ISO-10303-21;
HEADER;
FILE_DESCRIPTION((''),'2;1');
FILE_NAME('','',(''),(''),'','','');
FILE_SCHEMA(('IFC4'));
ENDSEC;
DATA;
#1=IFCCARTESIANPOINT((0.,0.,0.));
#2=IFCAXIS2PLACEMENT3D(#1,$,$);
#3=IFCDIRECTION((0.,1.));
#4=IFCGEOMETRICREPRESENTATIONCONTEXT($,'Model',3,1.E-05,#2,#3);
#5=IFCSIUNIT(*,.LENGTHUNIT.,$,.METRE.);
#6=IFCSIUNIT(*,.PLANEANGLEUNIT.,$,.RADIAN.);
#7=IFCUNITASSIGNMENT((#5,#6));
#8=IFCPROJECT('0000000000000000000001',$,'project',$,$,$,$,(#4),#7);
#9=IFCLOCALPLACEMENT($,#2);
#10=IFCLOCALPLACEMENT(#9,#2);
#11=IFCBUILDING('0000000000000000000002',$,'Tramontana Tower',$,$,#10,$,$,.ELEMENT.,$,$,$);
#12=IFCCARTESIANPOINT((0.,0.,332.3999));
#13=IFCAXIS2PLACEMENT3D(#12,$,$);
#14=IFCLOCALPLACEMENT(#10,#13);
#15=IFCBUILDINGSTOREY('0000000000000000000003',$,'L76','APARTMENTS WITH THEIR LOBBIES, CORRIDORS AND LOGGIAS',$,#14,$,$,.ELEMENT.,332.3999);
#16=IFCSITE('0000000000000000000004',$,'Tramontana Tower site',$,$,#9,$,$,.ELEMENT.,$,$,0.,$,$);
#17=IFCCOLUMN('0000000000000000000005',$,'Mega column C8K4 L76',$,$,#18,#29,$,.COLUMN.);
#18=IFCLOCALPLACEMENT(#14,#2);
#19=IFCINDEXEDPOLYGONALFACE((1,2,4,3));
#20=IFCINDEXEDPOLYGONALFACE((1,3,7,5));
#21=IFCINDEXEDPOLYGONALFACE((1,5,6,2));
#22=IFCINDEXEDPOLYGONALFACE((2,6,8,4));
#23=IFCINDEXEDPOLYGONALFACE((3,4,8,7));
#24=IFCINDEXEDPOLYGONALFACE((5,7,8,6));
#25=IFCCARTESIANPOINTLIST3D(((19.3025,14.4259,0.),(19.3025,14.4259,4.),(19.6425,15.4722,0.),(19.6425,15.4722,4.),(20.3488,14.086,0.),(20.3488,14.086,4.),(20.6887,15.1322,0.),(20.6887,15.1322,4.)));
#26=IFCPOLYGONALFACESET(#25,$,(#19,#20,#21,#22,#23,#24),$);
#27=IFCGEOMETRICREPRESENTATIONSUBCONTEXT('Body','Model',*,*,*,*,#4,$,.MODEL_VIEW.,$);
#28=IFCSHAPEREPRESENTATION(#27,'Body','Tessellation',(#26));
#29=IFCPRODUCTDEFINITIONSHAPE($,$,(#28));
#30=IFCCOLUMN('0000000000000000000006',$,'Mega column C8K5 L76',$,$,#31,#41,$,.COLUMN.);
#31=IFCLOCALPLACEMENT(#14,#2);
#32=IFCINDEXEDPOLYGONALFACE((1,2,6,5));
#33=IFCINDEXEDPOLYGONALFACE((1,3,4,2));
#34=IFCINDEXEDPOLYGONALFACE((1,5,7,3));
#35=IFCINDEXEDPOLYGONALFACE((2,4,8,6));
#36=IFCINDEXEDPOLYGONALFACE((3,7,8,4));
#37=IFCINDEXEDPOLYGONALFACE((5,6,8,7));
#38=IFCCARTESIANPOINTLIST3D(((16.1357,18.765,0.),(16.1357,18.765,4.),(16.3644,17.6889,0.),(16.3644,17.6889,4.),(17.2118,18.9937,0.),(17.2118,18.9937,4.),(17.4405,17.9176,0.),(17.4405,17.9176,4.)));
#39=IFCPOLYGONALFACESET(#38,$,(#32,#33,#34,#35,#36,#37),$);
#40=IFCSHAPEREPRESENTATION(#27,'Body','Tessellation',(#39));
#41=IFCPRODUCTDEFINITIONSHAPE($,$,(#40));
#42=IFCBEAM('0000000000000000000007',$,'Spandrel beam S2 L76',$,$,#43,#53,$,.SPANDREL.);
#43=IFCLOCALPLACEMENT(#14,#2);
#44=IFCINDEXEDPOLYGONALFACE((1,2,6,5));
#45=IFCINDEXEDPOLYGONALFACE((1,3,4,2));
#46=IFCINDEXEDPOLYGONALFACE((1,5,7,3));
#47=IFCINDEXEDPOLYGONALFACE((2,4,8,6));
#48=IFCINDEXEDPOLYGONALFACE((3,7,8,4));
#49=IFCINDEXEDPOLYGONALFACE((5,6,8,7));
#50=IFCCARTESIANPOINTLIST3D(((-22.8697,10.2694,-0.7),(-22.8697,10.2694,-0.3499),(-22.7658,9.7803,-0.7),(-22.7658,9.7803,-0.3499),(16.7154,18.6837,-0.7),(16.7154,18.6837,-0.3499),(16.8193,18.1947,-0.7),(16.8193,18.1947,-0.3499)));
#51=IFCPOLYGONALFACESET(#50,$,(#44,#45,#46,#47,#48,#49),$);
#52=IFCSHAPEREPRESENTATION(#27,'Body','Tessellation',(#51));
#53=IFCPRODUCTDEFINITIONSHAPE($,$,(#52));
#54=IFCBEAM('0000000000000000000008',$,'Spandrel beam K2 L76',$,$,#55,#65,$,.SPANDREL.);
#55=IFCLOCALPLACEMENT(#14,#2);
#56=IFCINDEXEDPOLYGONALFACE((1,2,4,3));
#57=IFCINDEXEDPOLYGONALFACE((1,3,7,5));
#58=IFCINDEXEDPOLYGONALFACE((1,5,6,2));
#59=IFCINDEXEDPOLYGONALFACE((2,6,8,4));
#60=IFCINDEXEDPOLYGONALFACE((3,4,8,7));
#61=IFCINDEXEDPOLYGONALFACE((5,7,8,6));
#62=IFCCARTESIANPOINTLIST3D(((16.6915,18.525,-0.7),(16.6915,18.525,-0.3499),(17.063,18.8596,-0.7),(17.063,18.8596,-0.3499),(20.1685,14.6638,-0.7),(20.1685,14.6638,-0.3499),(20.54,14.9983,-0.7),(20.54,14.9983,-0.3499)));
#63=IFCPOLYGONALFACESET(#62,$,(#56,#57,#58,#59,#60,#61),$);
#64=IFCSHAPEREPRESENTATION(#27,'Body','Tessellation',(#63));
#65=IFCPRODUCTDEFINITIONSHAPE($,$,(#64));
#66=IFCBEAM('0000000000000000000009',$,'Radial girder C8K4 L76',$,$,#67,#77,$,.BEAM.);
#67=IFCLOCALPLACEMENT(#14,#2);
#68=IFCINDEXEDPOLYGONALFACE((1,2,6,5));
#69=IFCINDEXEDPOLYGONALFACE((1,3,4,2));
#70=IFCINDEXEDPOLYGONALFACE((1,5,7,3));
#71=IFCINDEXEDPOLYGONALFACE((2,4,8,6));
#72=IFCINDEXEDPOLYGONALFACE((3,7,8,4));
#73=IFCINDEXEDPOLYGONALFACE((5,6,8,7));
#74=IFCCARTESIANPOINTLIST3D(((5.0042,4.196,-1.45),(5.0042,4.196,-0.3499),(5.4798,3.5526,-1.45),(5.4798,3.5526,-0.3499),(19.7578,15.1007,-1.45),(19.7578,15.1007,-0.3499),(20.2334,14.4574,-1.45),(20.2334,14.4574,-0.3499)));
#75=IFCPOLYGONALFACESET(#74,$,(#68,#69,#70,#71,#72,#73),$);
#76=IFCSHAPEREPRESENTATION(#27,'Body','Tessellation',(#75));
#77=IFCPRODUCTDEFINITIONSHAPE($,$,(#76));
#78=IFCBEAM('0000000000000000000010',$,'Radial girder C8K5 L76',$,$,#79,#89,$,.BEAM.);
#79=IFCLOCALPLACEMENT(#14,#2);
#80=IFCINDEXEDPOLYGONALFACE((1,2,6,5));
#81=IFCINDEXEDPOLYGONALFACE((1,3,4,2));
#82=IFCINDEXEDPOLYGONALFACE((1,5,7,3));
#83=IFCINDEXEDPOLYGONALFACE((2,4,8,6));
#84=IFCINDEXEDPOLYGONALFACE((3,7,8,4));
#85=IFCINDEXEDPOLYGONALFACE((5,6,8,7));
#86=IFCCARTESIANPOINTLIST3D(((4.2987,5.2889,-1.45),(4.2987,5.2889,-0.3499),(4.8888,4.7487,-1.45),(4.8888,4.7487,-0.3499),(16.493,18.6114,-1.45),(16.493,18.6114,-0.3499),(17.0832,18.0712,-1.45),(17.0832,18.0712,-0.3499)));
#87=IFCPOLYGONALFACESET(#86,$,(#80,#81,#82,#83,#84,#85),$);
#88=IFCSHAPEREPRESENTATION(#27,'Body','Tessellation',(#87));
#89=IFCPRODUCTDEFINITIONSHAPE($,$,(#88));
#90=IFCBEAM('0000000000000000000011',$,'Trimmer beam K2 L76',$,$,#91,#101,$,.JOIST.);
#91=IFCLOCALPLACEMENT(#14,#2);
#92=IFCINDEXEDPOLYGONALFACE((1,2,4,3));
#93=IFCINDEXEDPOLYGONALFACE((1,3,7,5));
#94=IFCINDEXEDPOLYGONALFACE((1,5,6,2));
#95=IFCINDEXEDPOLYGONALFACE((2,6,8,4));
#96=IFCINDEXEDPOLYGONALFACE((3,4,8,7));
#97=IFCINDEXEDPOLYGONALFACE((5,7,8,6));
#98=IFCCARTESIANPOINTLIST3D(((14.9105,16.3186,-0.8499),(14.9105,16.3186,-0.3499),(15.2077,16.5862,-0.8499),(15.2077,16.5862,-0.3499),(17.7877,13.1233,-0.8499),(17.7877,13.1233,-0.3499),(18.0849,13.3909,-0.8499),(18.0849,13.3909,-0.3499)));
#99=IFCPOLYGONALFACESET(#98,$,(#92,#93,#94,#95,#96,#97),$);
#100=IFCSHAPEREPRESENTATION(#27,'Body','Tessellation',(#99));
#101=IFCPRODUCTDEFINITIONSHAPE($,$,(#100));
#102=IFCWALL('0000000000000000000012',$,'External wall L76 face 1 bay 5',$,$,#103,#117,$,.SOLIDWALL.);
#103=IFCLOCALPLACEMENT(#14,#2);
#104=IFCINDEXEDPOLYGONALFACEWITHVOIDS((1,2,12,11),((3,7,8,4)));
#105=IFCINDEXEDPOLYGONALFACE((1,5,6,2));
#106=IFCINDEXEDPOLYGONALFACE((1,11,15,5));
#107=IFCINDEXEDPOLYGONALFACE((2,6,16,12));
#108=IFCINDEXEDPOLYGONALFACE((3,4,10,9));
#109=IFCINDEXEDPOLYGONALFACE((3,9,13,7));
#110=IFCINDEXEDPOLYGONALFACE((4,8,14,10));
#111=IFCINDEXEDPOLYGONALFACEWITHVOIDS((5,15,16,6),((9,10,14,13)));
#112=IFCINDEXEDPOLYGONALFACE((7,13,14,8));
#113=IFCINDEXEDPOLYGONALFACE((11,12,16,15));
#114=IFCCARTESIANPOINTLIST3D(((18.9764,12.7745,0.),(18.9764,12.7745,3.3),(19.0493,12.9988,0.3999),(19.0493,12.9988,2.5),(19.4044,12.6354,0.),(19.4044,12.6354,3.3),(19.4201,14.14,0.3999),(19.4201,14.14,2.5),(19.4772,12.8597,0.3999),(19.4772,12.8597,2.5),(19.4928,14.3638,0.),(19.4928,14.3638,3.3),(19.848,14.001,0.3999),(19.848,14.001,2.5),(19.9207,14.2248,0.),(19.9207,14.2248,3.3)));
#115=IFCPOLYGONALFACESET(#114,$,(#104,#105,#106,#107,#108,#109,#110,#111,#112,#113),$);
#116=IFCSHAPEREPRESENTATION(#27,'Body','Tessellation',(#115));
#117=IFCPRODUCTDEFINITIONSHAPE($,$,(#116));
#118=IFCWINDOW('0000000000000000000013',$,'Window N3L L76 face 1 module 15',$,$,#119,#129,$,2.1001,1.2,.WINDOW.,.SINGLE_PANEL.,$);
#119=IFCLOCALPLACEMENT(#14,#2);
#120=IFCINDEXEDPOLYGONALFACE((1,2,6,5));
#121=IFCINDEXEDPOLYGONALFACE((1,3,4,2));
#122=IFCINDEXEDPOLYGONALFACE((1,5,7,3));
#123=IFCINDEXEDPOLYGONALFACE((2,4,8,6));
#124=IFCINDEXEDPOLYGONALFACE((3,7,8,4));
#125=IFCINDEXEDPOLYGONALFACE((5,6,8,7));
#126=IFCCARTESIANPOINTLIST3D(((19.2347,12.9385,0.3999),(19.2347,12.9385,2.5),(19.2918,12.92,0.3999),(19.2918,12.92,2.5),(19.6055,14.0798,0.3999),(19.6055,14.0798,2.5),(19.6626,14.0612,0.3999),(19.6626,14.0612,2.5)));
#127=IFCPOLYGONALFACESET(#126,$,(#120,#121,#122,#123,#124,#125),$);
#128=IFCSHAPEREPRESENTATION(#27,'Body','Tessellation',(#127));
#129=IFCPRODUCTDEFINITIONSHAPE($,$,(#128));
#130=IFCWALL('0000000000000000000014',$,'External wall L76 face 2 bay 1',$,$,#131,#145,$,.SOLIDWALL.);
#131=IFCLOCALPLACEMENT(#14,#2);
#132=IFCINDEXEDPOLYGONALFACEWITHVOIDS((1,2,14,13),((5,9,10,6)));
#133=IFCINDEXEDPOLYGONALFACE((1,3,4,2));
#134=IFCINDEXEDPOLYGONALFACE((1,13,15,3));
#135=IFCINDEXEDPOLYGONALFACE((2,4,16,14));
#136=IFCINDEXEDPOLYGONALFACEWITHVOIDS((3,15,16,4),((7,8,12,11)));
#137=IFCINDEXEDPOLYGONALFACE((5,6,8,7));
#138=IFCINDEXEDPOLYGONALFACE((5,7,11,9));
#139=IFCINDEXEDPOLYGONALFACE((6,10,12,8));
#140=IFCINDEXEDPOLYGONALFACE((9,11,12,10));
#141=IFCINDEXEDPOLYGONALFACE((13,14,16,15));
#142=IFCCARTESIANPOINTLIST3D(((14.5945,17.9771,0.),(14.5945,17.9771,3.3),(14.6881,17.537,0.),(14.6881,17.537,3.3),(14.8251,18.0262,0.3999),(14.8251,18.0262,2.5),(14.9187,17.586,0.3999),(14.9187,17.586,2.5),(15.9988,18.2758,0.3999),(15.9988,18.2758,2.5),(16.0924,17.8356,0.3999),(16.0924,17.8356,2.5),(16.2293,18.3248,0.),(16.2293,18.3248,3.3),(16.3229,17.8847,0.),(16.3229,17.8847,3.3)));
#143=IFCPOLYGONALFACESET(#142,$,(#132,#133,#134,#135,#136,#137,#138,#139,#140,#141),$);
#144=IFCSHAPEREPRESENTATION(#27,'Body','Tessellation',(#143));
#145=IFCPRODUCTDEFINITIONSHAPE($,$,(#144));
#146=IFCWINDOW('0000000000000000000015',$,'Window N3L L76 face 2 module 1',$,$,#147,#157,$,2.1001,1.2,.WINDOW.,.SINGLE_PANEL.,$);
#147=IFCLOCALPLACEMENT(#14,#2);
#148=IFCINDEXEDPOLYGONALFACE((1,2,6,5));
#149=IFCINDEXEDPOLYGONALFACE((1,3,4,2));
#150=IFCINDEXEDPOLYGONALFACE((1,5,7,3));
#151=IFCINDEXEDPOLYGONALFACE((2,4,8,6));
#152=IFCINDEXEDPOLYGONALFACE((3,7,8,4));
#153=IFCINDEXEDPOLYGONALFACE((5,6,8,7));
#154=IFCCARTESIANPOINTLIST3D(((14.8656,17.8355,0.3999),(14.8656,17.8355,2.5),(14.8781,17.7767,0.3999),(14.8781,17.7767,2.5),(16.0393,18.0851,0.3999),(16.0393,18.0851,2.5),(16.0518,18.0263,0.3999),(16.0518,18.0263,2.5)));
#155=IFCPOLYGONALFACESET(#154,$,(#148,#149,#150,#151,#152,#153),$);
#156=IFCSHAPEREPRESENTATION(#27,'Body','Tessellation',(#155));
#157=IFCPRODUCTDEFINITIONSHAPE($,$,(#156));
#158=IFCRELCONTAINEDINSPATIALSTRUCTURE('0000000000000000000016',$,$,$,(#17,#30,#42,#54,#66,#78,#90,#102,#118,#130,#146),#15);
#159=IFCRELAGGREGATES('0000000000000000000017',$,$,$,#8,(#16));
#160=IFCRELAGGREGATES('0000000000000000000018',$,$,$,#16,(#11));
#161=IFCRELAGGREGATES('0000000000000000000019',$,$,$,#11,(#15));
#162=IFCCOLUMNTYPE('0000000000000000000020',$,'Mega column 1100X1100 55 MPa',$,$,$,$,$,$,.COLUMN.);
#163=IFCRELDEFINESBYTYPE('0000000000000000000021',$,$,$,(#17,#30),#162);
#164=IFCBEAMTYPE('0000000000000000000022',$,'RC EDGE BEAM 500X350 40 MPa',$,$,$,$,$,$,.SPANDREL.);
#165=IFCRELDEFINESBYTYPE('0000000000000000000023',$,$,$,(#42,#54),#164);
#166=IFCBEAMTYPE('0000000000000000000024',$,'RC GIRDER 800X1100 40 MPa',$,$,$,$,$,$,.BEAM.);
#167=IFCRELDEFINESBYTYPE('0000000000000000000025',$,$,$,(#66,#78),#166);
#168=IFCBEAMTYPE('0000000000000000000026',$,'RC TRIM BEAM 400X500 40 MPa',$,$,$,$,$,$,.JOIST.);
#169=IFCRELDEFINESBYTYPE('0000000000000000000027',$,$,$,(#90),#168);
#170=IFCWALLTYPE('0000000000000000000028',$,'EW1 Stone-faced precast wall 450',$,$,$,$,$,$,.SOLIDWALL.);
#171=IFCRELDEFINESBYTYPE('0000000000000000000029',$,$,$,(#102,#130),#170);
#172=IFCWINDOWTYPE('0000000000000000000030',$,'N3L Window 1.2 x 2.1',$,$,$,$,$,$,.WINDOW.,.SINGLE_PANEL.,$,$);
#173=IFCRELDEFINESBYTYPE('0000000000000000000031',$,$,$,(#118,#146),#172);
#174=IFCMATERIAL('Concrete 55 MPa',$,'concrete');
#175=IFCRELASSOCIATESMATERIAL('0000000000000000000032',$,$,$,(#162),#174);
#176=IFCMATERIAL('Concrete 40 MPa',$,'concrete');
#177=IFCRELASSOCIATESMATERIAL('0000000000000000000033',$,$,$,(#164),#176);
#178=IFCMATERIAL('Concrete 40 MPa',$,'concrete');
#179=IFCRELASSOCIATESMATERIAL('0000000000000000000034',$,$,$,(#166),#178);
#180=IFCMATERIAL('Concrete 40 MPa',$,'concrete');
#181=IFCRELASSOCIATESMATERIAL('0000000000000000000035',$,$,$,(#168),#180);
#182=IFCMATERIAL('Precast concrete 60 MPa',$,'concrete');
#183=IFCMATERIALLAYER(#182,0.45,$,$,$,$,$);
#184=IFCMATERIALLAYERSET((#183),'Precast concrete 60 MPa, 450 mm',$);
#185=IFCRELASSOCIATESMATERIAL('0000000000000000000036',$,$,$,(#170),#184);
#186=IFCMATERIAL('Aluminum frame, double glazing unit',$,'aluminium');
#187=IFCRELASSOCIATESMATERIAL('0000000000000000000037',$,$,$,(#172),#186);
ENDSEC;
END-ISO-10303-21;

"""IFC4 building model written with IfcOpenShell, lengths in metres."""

from ifc_helpers import new_model, si_unit, direction, frame, frame_2d, origin, origin_2d, place, context, subcontext, project, spatial, rectangle, extrude, material, layer, layer_set, material_profile, profile_set, type_object, element, fill, save


model = new_model("IFC4")

# Units and contexts
model_context = context("Model", 3, precision=1e-05, world=origin(), true_north=direction((0.0, 1.0)))
body_context = subcontext(model_context, "Body", "Model", "MODEL_VIEW")
ifc_project = project(units=[si_unit("LENGTHUNIT", "METRE"), si_unit("PLANEANGLEUNIT", "RADIAN")], contexts=[model_context])

# Site, building, storey
site_placement = place(None, origin())
site = spatial("IfcSite", under=ifc_project, at=site_placement, Name="Tramontana Tower site", CompositionType="ELEMENT", RefElevation=0.0)
building_placement = place(site_placement, origin())
building = spatial("IfcBuilding", under=site, at=building_placement, Name="Tramontana Tower", CompositionType="ELEMENT")
storey_placement = place(building_placement, frame((0.0, 0.0, 332.3999)))
storey = spatial("IfcBuildingStorey", under=building, at=storey_placement, Name="L76", Description="APARTMENTS WITH THEIR LOBBIES, CORRIDORS AND LOGGIAS", CompositionType="ELEMENT", Elevation=332.3999)

# Columns
ifc_material_1 = material(Name="Concrete 55 MPa", Category="concrete")
ifc_material_profile_1 = material_profile(ifc_material_1, rectangle(XDim=1.1001, YDim=1.1001, at=origin_2d()), Name="Mega column 1100X1100 55 MPa")
ifc_profile_set_1 = profile_set([ifc_material_profile_1], Name="Concrete 55 MPa")
column_type = type_object("IfcColumnType", Name="Mega column 1100X1100 55 MPa", PredefinedType="COLUMN", material=ifc_profile_set_1)
for number, where, z_axis, x_axis, name in (
    (1, (19.9956, 14.7791, 0.0), (0.0, 0.0, 1.0), (0.309017, 0.951057, 0.0), "Mega column C8K4 L76"),
    (2, (16.7881, 18.3413, 0.0), (0.0, 0.0, 1.0), (-0.978148, -0.207912, 0.0), "Mega column C8K5 L76"),
):
    element("IfcColumn", number, at=place(storey_placement, frame(where, z_axis=z_axis, x_axis=x_axis)), inside=storey, type_object=column_type, Name=name, PredefinedType="COLUMN", context=body_context, shape_type="SweptSolid", body=[
        extrude(rectangle(XDim=1.1001, YDim=1.1001, at=origin_2d()), origin(), (0.0, 0.0, 1.0), 4.0),
    ])

# Beams
ifc_material_2 = material(Name="Concrete 40 MPa", Category="concrete")
ifc_material_profile_2 = material_profile(ifc_material_2, rectangle(XDim=0.5, YDim=0.3501, at=origin_2d()), Name="RC EDGE BEAM 500X350 40 MPa")
ifc_profile_set_2 = profile_set([ifc_material_profile_2], Name="Concrete 40 MPa")
beam_type_1 = type_object("IfcBeamType", Name="RC EDGE BEAM 500X350 40 MPa", PredefinedType="SPANDREL", material=ifc_profile_set_2)
beam_1_placement = place(storey_placement, frame((16.7673, 18.4392, -0.5249), z_axis=(-0.978146, -0.207918, 0.0), x_axis=(0.207918, -0.978146, 0.0)))
element("IfcBeam", 3, at=beam_1_placement, inside=storey, type_object=beam_type_1, Name="Spandrel beam S2 L76", PredefinedType="SPANDREL", context=body_context, shape_type="SweptSolid", body=[
    extrude(rectangle(XDim=0.5, YDim=0.3501, at=origin_2d()), origin(), (0.0, 0.0, 1.0), 40.4695),
])
beam_2_placement = place(storey_placement, frame((20.3542, 14.8311, -0.5249), z_axis=(-0.669162, 0.743117, 0.0), x_axis=(-0.743117, -0.669162, 0.0)))
element("IfcBeam", 4, at=beam_2_placement, inside=storey, type_object=beam_type_1, Name="Spandrel beam K2 L76", PredefinedType="SPANDREL", context=body_context, shape_type="SweptSolid", body=[
    extrude(rectangle(XDim=0.5, YDim=0.3501, at=origin_2d()), origin(), (0.0, 0.0, 1.0), 5.196),
])
ifc_material_3 = material(Name="Concrete 40 MPa", Category="concrete")
ifc_material_profile_3 = material_profile(ifc_material_3, rectangle(XDim=0.8, YDim=1.1001, at=origin_2d()), Name="RC GIRDER 800X1100 40 MPa")
ifc_profile_set_3 = profile_set([ifc_material_profile_3], Name="Concrete 40 MPa")
beam_type_2 = type_object("IfcBeamType", Name="RC GIRDER 800X1100 40 MPa", PredefinedType="BEAM", material=ifc_profile_set_3)
beam_3_placement = place(storey_placement, frame((19.9956, 14.7791, -0.8999), z_axis=(-0.804179, -0.594388, 0.0), x_axis=(0.594388, -0.804179, 0.0)))
element("IfcBeam", 5, at=beam_3_placement, inside=storey, type_object=beam_type_2, Name="Radial girder C8K4 L76", PredefinedType="BEAM", context=body_context, shape_type="SweptSolid", body=[
    extrude(rectangle(XDim=0.8, YDim=1.1001, at=origin_2d()), origin(), (0.0, 0.0, 1.0), 18.3462),
])
beam_4_placement = place(storey_placement, frame((16.7881, 18.3413, -0.8999), z_axis=(-0.675184, -0.737649, 0.0), x_axis=(0.737649, -0.675184, 0.0)))
element("IfcBeam", 6, at=beam_4_placement, inside=storey, type_object=beam_type_2, Name="Radial girder C8K5 L76", PredefinedType="BEAM", context=body_context, shape_type="SweptSolid", body=[
    extrude(rectangle(XDim=0.8, YDim=1.1001, at=origin_2d()), origin(), (0.0, 0.0, 1.0), 18.0608),
])
ifc_material_4 = material(Name="Concrete 40 MPa", Category="concrete")
ifc_material_profile_4 = material_profile(ifc_material_4, rectangle(XDim=0.3999, YDim=0.5, at=origin_2d()), Name="RC TRIM BEAM 400X500 40 MPa")
ifc_profile_set_4 = profile_set([ifc_material_profile_4], Name="Concrete 40 MPa")
beam_type_3 = type_object("IfcBeamType", Name="RC TRIM BEAM 400X500 40 MPa", PredefinedType="JOIST", material=ifc_profile_set_4)
beam_5_placement = place(storey_placement, frame((17.9363, 13.2571, -0.5999), z_axis=(-0.669147, 0.74313, 0.0), x_axis=(-0.74313, -0.669147, 0.0)))
element("IfcBeam", 7, at=beam_5_placement, inside=storey, type_object=beam_type_3, Name="Trimmer beam K2 L76", PredefinedType="JOIST", context=body_context, shape_type="SweptSolid", body=[
    extrude(rectangle(XDim=0.3999, YDim=0.5, at=origin_2d()), origin(), (0.0, 0.0, 1.0), 4.2998),
])

# Walls, openings, windows
ifc_material_5 = material(Name="Precast concrete 60 MPa", Category="concrete")
ifc_layer_1 = layer(ifc_material_5, 0.45)
ifc_layer_set_1 = layer_set([ifc_layer_1], Name="Precast concrete 60 MPa, 450 mm")
wall_type_1 = type_object("IfcWallType", Name="EW1 Stone-faced precast wall 450", PredefinedType="SOLIDWALL", material=ifc_layer_set_1)
wall_1_placement = place(storey_placement, frame((19.1904, 12.7051, 0.0), z_axis=(0.0, 0.0, 1.0), x_axis=(0.308987, 0.951066, 0.0)))
wall_1 = element("IfcWall", 8, at=wall_1_placement, inside=storey, type_object=wall_type_1, Name="External wall L76 face 1 bay 5", PredefinedType="SOLIDWALL", context=body_context, shape_type="SweptSolid", body=[
    extrude(rectangle(XDim=1.6711, YDim=0.45, at=frame_2d((0.8354, 0.0))), origin(), (0.0, 0.0, 1.0), 3.3),
])
opening_1_placement = place(wall_1_placement, frame((0.2356, 0.0, 0.3999)))
opening_1 = element("IfcOpeningElement", 9, at=opening_1_placement, cuts=wall_1, PredefinedType="OPENING", context=body_context, shape_type="SweptSolid", body=[
    extrude(rectangle(XDim=1.2, YDim=2.1001, at=frame_2d((0.6001, 1.05))), frame((0.0, 0.2349, 0.0), z_axis=(0.0, -1.0, 0.0), x_axis=(1.0, 0.0, 0.0)), (0.0, 0.0, 1.0), 0.47),
])
ifc_material_6 = material(Name="Aluminum frame, double glazing unit", Category="aluminium")
window_type_1 = type_object("IfcWindowType", Name="N3L Window 1.2 x 2.1", PartitioningType="SINGLE_PANEL", PredefinedType="WINDOW", material=ifc_material_6)
window_1_placement = place(opening_1_placement, origin())
window_1 = element("IfcWindow", 10, at=window_1_placement, inside=storey, type_object=window_type_1, Name="Window N3L L76 face 1 module 15", OverallHeight=2.1001, OverallWidth=1.2, PartitioningType="SINGLE_PANEL", PredefinedType="WINDOW", context=body_context, shape_type="SweptSolid", body=[
    extrude(rectangle(XDim=1.2, YDim=2.1001, at=frame_2d((0.6001, 1.05))), frame((0.0, 0.03, 0.0), z_axis=(0.0, -1.0, 0.0), x_axis=(1.0, 0.0, 0.0)), (0.0, 0.0, 1.0), 0.0601),
])
fill(opening_1, window_1)
wall_2_placement = place(storey_placement, frame((16.2761, 18.1047, 0.0), z_axis=(0.0, 0.0, 1.0), x_axis=(-0.978126, -0.208012, 0.0)))
wall_2 = element("IfcWall", 11, at=wall_2_placement, inside=storey, type_object=wall_type_1, Name="External wall L76 face 2 bay 1", PredefinedType="SOLIDWALL", context=body_context, shape_type="SweptSolid", body=[
    extrude(rectangle(XDim=1.6714, YDim=0.45, at=frame_2d((0.8357, 0.0))), origin(), (0.0, 0.0, 1.0), 3.3),
])
opening_2_placement = place(wall_2_placement, frame((0.2356, 0.0, 0.3999)))
opening_2 = element("IfcOpeningElement", 12, at=opening_2_placement, cuts=wall_2, PredefinedType="OPENING", context=body_context, shape_type="SweptSolid", body=[
    extrude(rectangle(XDim=1.2, YDim=2.1001, at=frame_2d((0.6001, 1.05))), frame((0.0, 0.2349, 0.0), z_axis=(0.0, -1.0, 0.0), x_axis=(1.0, 0.0, 0.0)), (0.0, 0.0, 1.0), 0.47),
])
window_2_placement = place(opening_2_placement, origin())
window_2 = element("IfcWindow", 13, at=window_2_placement, inside=storey, type_object=window_type_1, Name="Window N3L L76 face 2 module 1", OverallHeight=2.1001, OverallWidth=1.2, PartitioningType="SINGLE_PANEL", PredefinedType="WINDOW", context=body_context, shape_type="SweptSolid", body=[
    extrude(rectangle(XDim=1.2, YDim=2.1001, at=frame_2d((0.6001, 1.05))), frame((0.0, 0.03, 0.0), z_axis=(0.0, -1.0, 0.0), x_axis=(1.0, 0.0, 0.0)), (0.0, 0.0, 1.0), 0.0601),
])
fill(opening_2, window_2)

save(model, "model.ifc")
